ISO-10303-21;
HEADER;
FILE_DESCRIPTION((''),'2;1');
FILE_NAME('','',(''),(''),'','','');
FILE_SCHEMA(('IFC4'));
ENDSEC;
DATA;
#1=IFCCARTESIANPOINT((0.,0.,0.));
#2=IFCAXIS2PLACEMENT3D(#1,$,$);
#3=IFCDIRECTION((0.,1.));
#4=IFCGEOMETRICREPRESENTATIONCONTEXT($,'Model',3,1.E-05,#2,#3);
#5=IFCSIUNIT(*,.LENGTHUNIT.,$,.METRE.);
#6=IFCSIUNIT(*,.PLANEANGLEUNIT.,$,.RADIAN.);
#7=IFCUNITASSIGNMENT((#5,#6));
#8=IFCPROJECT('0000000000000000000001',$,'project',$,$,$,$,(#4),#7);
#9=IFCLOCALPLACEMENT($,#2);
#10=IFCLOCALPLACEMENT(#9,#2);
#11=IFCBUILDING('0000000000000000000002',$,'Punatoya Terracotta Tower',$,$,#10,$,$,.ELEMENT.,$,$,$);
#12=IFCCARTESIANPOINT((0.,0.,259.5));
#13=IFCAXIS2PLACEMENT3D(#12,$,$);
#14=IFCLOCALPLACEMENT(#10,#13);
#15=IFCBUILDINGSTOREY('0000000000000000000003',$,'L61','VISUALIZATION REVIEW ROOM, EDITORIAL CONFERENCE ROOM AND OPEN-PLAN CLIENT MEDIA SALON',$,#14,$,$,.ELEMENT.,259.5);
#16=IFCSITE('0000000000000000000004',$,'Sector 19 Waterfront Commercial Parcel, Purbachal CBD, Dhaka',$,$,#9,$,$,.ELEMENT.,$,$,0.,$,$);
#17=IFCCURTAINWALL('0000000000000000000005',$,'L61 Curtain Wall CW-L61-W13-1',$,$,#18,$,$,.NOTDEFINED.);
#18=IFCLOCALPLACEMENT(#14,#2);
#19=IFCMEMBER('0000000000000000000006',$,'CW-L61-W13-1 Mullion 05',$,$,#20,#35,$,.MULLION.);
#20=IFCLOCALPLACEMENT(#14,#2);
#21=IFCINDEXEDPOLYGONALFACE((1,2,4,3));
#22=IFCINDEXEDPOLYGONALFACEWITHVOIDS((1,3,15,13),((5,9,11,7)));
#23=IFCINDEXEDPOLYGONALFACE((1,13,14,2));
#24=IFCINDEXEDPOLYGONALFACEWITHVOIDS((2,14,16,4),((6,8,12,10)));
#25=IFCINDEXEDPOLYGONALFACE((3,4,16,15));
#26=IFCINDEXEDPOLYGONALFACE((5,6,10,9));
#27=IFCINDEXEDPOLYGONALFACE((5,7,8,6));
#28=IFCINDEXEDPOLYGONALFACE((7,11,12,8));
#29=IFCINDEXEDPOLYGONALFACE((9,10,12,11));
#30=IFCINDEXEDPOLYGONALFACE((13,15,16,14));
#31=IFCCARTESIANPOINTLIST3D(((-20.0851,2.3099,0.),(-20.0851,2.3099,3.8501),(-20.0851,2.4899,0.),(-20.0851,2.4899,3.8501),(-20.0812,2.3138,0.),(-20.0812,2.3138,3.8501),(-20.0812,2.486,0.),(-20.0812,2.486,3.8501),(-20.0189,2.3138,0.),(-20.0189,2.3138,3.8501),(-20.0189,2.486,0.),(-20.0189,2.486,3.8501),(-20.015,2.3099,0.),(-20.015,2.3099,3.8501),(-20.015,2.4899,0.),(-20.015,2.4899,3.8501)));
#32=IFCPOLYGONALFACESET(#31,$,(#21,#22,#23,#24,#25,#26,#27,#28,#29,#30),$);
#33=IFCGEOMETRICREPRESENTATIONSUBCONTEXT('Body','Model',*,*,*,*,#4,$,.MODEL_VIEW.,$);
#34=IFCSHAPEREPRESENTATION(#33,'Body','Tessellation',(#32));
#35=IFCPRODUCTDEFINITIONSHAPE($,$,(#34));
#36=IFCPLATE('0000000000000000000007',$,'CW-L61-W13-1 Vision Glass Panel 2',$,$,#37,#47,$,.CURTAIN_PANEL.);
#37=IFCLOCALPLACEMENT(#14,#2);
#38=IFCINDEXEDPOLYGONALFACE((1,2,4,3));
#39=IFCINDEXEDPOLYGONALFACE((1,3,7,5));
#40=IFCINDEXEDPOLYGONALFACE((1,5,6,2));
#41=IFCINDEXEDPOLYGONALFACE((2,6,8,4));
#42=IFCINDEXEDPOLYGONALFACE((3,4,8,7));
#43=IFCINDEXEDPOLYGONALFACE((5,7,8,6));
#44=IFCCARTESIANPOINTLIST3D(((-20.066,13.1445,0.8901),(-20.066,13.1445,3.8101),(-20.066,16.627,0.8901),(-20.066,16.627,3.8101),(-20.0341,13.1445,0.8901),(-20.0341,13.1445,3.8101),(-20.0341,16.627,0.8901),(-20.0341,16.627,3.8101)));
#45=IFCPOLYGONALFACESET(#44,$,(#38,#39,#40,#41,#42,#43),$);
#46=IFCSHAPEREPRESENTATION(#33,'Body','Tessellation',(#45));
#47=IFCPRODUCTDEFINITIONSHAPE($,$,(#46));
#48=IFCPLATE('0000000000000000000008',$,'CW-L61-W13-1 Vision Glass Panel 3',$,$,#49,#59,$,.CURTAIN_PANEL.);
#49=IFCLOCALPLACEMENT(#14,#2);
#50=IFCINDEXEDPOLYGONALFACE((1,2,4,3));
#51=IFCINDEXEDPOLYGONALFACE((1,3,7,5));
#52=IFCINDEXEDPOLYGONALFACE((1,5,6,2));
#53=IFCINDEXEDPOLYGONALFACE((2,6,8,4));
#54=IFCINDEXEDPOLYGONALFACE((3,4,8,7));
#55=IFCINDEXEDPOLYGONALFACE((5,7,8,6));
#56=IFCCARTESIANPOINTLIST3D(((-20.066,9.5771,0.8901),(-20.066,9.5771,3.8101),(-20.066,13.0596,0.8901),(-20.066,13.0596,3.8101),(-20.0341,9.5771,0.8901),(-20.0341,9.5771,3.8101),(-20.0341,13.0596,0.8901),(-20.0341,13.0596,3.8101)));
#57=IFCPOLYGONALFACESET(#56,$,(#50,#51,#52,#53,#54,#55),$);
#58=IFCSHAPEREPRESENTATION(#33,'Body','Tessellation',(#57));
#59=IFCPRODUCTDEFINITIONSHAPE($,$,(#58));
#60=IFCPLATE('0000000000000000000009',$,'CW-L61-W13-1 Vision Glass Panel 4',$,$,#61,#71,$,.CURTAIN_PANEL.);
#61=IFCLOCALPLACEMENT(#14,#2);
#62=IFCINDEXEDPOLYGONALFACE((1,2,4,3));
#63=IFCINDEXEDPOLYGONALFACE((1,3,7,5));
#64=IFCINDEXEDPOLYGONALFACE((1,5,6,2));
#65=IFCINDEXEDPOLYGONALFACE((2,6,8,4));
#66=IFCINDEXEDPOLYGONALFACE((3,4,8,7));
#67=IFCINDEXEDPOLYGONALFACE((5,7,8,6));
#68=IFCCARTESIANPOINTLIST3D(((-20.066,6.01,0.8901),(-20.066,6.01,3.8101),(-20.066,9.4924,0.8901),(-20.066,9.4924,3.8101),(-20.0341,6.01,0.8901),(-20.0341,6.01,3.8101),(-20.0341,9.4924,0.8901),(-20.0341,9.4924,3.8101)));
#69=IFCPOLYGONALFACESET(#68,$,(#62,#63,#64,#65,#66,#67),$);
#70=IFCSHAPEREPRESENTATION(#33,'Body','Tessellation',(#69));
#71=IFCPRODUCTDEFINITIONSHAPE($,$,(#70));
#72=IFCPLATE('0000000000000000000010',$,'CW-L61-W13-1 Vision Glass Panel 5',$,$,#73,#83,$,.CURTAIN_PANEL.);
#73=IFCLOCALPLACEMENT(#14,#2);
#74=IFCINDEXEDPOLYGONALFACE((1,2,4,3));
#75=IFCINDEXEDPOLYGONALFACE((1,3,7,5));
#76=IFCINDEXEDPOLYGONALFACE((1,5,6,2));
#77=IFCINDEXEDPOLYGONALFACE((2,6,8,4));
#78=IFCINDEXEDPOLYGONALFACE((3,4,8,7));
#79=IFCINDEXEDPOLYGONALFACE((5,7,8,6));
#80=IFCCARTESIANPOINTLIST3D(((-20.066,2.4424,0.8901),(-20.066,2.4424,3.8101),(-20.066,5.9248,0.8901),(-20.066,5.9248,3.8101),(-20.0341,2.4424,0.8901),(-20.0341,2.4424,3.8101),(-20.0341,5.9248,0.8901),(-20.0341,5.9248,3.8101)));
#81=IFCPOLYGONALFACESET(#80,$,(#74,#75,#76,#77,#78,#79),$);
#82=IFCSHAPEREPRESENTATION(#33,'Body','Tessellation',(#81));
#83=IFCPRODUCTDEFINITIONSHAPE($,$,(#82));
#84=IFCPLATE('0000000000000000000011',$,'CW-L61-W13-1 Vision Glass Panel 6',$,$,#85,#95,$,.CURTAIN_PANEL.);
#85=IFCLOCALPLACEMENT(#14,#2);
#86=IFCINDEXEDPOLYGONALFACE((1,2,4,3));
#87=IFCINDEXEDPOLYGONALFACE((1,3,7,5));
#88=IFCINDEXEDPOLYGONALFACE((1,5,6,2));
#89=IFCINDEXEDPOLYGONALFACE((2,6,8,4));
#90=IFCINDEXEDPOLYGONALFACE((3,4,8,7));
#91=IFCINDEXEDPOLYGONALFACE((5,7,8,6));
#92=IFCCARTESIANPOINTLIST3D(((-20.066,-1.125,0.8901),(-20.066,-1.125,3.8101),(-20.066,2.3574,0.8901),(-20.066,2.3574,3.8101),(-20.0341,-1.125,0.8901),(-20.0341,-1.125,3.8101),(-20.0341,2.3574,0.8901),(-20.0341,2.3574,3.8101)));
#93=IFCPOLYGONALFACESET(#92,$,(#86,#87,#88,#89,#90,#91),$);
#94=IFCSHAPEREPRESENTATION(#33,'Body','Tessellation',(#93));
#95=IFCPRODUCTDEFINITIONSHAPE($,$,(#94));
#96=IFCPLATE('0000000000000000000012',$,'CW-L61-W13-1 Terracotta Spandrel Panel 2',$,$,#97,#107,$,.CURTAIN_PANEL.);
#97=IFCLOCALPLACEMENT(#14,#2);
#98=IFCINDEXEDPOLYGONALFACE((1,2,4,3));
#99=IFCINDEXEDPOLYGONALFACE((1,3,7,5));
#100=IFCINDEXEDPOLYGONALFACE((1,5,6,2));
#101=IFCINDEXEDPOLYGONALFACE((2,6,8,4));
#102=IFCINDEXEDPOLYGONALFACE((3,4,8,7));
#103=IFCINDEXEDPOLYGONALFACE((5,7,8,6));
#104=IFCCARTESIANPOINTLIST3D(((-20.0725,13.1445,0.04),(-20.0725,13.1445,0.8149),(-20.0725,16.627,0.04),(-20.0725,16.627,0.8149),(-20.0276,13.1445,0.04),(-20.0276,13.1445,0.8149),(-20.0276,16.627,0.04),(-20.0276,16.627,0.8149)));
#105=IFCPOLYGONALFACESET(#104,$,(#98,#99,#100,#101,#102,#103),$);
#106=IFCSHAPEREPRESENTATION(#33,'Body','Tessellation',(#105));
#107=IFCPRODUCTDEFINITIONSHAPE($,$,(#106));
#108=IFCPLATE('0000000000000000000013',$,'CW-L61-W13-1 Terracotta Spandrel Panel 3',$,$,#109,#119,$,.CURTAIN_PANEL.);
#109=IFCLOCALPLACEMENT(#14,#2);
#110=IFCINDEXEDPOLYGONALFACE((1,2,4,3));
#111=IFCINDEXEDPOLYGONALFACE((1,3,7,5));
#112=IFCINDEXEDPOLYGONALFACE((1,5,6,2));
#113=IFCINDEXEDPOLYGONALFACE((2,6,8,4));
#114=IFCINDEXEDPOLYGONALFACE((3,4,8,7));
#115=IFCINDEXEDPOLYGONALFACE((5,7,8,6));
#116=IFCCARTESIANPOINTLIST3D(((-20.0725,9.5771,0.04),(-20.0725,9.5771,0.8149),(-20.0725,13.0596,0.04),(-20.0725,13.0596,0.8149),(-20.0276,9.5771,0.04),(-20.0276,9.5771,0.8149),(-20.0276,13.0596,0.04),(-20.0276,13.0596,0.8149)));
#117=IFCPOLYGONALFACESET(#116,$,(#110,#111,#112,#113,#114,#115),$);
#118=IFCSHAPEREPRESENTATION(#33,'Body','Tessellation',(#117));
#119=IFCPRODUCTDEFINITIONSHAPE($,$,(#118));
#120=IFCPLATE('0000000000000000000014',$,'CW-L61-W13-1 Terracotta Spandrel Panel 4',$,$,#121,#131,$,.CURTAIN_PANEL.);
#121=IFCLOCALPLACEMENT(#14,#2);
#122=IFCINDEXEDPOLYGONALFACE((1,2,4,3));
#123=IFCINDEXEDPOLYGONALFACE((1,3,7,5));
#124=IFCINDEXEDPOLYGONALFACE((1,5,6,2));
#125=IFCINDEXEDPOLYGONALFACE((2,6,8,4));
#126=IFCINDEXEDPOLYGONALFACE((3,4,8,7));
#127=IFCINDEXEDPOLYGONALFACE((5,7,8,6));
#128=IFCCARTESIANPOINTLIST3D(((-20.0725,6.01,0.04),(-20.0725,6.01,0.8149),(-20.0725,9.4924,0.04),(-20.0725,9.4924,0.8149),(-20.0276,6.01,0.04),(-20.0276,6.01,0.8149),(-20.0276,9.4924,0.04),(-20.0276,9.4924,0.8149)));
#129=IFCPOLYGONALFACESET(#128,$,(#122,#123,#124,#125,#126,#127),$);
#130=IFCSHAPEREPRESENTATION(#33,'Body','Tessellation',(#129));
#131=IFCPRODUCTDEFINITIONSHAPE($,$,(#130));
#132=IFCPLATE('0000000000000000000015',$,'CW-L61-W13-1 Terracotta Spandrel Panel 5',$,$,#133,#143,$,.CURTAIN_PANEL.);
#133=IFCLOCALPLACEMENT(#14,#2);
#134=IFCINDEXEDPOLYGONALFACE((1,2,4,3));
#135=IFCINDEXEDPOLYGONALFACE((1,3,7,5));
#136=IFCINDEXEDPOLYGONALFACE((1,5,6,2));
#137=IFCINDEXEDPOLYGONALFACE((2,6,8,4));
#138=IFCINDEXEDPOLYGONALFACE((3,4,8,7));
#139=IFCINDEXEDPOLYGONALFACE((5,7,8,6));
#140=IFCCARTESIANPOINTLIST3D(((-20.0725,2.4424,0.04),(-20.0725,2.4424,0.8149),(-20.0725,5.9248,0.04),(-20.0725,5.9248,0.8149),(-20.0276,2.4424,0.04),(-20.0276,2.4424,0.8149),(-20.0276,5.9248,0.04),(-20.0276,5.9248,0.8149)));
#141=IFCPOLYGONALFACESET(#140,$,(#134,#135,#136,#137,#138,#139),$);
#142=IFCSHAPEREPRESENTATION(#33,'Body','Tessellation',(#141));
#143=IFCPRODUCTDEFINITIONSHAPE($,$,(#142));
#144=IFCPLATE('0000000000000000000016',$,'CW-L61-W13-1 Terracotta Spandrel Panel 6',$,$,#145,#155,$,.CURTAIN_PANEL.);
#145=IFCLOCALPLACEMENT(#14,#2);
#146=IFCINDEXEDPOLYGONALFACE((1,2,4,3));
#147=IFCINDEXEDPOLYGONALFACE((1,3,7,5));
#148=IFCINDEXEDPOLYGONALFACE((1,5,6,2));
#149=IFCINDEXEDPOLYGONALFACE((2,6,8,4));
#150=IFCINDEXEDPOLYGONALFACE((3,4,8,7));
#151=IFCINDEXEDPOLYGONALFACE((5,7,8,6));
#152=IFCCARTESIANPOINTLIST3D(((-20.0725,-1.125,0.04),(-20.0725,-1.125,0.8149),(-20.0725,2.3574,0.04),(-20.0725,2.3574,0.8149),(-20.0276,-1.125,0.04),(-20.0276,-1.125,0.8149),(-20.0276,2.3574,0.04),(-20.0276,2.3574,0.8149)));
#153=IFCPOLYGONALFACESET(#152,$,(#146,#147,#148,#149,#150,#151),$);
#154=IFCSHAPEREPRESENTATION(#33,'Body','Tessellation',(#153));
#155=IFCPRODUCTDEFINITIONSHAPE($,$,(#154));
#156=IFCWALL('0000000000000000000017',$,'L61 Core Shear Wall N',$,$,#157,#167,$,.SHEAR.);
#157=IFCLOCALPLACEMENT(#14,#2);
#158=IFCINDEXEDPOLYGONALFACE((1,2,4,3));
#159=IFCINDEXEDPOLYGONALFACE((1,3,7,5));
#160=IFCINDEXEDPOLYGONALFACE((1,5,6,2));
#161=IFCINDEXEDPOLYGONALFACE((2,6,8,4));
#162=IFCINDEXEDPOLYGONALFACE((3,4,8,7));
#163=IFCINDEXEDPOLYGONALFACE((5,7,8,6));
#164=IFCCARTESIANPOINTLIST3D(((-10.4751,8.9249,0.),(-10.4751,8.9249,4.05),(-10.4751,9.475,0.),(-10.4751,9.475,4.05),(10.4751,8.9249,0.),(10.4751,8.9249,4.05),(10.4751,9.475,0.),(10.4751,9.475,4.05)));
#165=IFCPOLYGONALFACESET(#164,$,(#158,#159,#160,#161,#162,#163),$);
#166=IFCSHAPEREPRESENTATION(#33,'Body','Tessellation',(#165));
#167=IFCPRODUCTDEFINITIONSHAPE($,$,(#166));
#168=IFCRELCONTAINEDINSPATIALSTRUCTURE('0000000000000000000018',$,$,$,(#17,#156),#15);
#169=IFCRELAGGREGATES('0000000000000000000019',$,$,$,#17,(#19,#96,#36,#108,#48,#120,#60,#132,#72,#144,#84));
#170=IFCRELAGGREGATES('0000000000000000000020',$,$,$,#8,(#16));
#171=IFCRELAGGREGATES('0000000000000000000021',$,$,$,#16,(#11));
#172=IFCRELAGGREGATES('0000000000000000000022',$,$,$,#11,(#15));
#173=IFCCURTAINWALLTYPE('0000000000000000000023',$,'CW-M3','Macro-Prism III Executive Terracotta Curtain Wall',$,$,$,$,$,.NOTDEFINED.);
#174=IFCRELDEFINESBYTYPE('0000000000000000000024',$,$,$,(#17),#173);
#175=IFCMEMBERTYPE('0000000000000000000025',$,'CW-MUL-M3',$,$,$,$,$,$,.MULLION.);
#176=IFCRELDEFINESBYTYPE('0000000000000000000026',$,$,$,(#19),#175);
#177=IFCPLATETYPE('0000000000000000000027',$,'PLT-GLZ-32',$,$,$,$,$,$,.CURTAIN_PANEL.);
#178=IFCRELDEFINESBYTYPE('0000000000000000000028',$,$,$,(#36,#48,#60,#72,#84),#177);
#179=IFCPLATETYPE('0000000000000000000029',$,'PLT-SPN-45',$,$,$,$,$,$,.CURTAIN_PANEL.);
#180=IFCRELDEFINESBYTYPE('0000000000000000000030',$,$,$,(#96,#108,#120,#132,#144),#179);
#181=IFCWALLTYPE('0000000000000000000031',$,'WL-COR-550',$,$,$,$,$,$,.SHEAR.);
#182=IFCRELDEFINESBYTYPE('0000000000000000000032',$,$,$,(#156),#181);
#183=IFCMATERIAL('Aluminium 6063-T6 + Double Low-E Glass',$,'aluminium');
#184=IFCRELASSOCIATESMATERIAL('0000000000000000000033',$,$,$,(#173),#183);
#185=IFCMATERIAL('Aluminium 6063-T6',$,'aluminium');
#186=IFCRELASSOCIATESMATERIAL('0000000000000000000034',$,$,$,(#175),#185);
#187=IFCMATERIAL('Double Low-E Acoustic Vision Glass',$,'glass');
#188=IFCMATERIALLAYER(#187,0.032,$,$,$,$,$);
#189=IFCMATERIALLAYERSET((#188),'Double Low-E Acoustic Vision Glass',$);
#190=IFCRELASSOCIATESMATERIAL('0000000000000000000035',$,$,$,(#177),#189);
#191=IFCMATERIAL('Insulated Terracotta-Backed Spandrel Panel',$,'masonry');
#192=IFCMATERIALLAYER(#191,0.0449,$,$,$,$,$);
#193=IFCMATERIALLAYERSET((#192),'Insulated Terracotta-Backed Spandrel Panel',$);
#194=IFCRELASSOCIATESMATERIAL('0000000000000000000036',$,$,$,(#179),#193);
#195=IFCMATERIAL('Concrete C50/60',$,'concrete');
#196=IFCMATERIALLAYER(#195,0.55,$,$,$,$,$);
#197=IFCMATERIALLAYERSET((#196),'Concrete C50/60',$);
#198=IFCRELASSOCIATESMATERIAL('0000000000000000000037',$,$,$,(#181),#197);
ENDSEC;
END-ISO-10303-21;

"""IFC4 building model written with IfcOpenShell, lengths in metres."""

from ifc_helpers import new_model, si_unit, direction, frame, frame_2d, origin, origin_2d, place, context, subcontext, project, spatial, rectangle, hollow_rectangle, extrude, material, layer, layer_set, material_profile, profile_set, type_object, element, aggregate, save


model = new_model("IFC4")

# Units and contexts
model_context = context("Model", 3, precision=1e-05, world=origin(), true_north=direction((0.0, 1.0)))
body_context = subcontext(model_context, "Body", "Model", "MODEL_VIEW")
ifc_project = project(units=[si_unit("LENGTHUNIT", "METRE"), si_unit("PLANEANGLEUNIT", "RADIAN")], contexts=[model_context])

# Site, building, storey
site_placement = place(None, origin())
site = spatial("IfcSite", under=ifc_project, at=site_placement, Name="Sector 19 Waterfront Commercial Parcel, Purbachal CBD, Dhaka", CompositionType="ELEMENT", RefElevation=0.0)
building_placement = place(site_placement, origin())
building = spatial("IfcBuilding", under=site, at=building_placement, Name="Punatoya Terracotta Tower", CompositionType="ELEMENT")
storey_placement = place(building_placement, frame((0.0, 0.0, 259.5)))
storey = spatial("IfcBuildingStorey", under=building, at=storey_placement, Name="L61", Description="VISUALIZATION REVIEW ROOM, EDITORIAL CONFERENCE ROOM AND OPEN-PLAN CLIENT MEDIA SALON", CompositionType="ELEMENT", Elevation=259.5)

# Curtain wall, member, plates
ifc_material_1 = material(Name="Aluminium 6063-T6 + Double Low-E Glass", Category="aluminium")
curtain_wall_type = type_object("IfcCurtainWallType", Name="CW-M3", Description="Macro-Prism III Executive Terracotta Curtain Wall", PredefinedType="NOTDEFINED", material=ifc_material_1)
curtain_wall_placement = place(storey_placement, origin())
curtain_wall = element("IfcCurtainWall", 1, at=curtain_wall_placement, inside=storey, type_object=curtain_wall_type, Name="L61 Curtain Wall CW-L61-W13-1", PredefinedType="NOTDEFINED")
ifc_material_2 = material(Name="Aluminium 6063-T6", Category="aluminium")
ifc_material_profile_1 = material_profile(ifc_material_2, hollow_rectangle(XDim=0.0701, YDim=0.1799, WallThickness=0.0039, at=origin_2d()))
ifc_profile_set_1 = profile_set([ifc_material_profile_1], Name="Aluminium 6063-T6")
member_type = type_object("IfcMemberType", Name="CW-MUL-M3", PredefinedType="MULLION", material=ifc_profile_set_1)
member_1_placement = place(storey_placement, frame((-20.05, 2.3999, 0.0), z_axis=(0.0, 0.0, 1.0), x_axis=(1.0, 0.0, 0.0)))
member_1 = element("IfcMember", 2, at=member_1_placement, type_object=member_type, Name="CW-L61-W13-1 Mullion 05", PredefinedType="MULLION", context=body_context, shape_type="SweptSolid", body=[
    extrude(hollow_rectangle(XDim=0.0701, YDim=0.1799, WallThickness=0.0039, at=origin_2d()), origin(), (0.0, 0.0, 1.0), 3.8501),
])
ifc_material_3 = material(Name="Double Low-E Acoustic Vision Glass", Category="glass")
ifc_layer_1 = layer(ifc_material_3, 0.032)
ifc_layer_set_1 = layer_set([ifc_layer_1], Name="Double Low-E Acoustic Vision Glass")
plate_type_1 = type_object("IfcPlateType", Name="PLT-GLZ-32", PredefinedType="CURTAIN_PANEL", material=ifc_layer_set_1)
plate_1_placement = place(storey_placement, frame((-20.05, 14.8857, 0.8901), z_axis=(0.0, 0.0, 1.0), x_axis=(0.0, -1.0, 0.0)))
plate_1 = element("IfcPlate", 3, at=plate_1_placement, type_object=plate_type_1, Name="CW-L61-W13-1 Vision Glass Panel 2", PredefinedType="CURTAIN_PANEL", context=body_context, shape_type="SweptSolid", body=[
    extrude(rectangle(XDim=3.4824, YDim=0.032, at=origin_2d()), origin(), (0.0, 0.0, 1.0), 2.9199),
])
plate_2_placement = place(storey_placement, frame((-20.05, 11.3184, 0.8901), z_axis=(0.0, 0.0, 1.0), x_axis=(0.0, -1.0, 0.0)))
plate_2 = element("IfcPlate", 4, at=plate_2_placement, type_object=plate_type_1, Name="CW-L61-W13-1 Vision Glass Panel 3", PredefinedType="CURTAIN_PANEL", context=body_context, shape_type="SweptSolid", body=[
    extrude(rectangle(XDim=3.4824, YDim=0.032, at=origin_2d()), origin(), (0.0, 0.0, 1.0), 2.9199),
])
plate_3_placement = place(storey_placement, frame((-20.05, 7.7512, 0.8901), z_axis=(0.0, 0.0, 1.0), x_axis=(0.0, -1.0, 0.0)))
plate_3 = element("IfcPlate", 5, at=plate_3_placement, type_object=plate_type_1, Name="CW-L61-W13-1 Vision Glass Panel 4", PredefinedType="CURTAIN_PANEL", context=body_context, shape_type="SweptSolid", body=[
    extrude(rectangle(XDim=3.4824, YDim=0.032, at=origin_2d()), origin(), (0.0, 0.0, 1.0), 2.9199),
])
plate_4_placement = place(storey_placement, frame((-20.05, 4.1836, 0.8901), z_axis=(0.0, 0.0, 1.0), x_axis=(0.0, -1.0, 0.0)))
plate_4 = element("IfcPlate", 6, at=plate_4_placement, type_object=plate_type_1, Name="CW-L61-W13-1 Vision Glass Panel 5", PredefinedType="CURTAIN_PANEL", context=body_context, shape_type="SweptSolid", body=[
    extrude(rectangle(XDim=3.4824, YDim=0.032, at=origin_2d()), origin(), (0.0, 0.0, 1.0), 2.9199),
])
plate_5_placement = place(storey_placement, frame((-20.05, 0.6162, 0.8901), z_axis=(0.0, 0.0, 1.0), x_axis=(0.0, -1.0, 0.0)))
plate_5 = element("IfcPlate", 7, at=plate_5_placement, type_object=plate_type_1, Name="CW-L61-W13-1 Vision Glass Panel 6", PredefinedType="CURTAIN_PANEL", context=body_context, shape_type="SweptSolid", body=[
    extrude(rectangle(XDim=3.4824, YDim=0.032, at=origin_2d()), origin(), (0.0, 0.0, 1.0), 2.9199),
])
ifc_material_4 = material(Name="Insulated Terracotta-Backed Spandrel Panel", Category="masonry")
ifc_layer_2 = layer(ifc_material_4, 0.0449)
ifc_layer_set_2 = layer_set([ifc_layer_2], Name="Insulated Terracotta-Backed Spandrel Panel")
plate_type_2 = type_object("IfcPlateType", Name="PLT-SPN-45", PredefinedType="CURTAIN_PANEL", material=ifc_layer_set_2)
plate_6_placement = place(storey_placement, frame((-20.05, 14.8857, 0.04), z_axis=(0.0, 0.0, 1.0), x_axis=(0.0, -1.0, 0.0)))
plate_6 = element("IfcPlate", 8, at=plate_6_placement, type_object=plate_type_2, Name="CW-L61-W13-1 Terracotta Spandrel Panel 2", PredefinedType="CURTAIN_PANEL", context=body_context, shape_type="SweptSolid", body=[
    extrude(rectangle(XDim=3.4824, YDim=0.0449, at=origin_2d()), origin(), (0.0, 0.0, 1.0), 0.7749),
])
plate_7_placement = place(storey_placement, frame((-20.05, 11.3184, 0.04), z_axis=(0.0, 0.0, 1.0), x_axis=(0.0, -1.0, 0.0)))
plate_7 = element("IfcPlate", 9, at=plate_7_placement, type_object=plate_type_2, Name="CW-L61-W13-1 Terracotta Spandrel Panel 3", PredefinedType="CURTAIN_PANEL", context=body_context, shape_type="SweptSolid", body=[
    extrude(rectangle(XDim=3.4824, YDim=0.0449, at=origin_2d()), origin(), (0.0, 0.0, 1.0), 0.7749),
])
plate_8_placement = place(storey_placement, frame((-20.05, 7.7512, 0.04), z_axis=(0.0, 0.0, 1.0), x_axis=(0.0, -1.0, 0.0)))
plate_8 = element("IfcPlate", 10, at=plate_8_placement, type_object=plate_type_2, Name="CW-L61-W13-1 Terracotta Spandrel Panel 4", PredefinedType="CURTAIN_PANEL", context=body_context, shape_type="SweptSolid", body=[
    extrude(rectangle(XDim=3.4824, YDim=0.0449, at=origin_2d()), origin(), (0.0, 0.0, 1.0), 0.7749),
])
plate_9_placement = place(storey_placement, frame((-20.05, 4.1836, 0.04), z_axis=(0.0, 0.0, 1.0), x_axis=(0.0, -1.0, 0.0)))
plate_9 = element("IfcPlate", 11, at=plate_9_placement, type_object=plate_type_2, Name="CW-L61-W13-1 Terracotta Spandrel Panel 5", PredefinedType="CURTAIN_PANEL", context=body_context, shape_type="SweptSolid", body=[
    extrude(rectangle(XDim=3.4824, YDim=0.0449, at=origin_2d()), origin(), (0.0, 0.0, 1.0), 0.7749),
])
plate_10_placement = place(storey_placement, frame((-20.05, 0.6162, 0.04), z_axis=(0.0, 0.0, 1.0), x_axis=(0.0, -1.0, 0.0)))
plate_10 = element("IfcPlate", 12, at=plate_10_placement, type_object=plate_type_2, Name="CW-L61-W13-1 Terracotta Spandrel Panel 6", PredefinedType="CURTAIN_PANEL", context=body_context, shape_type="SweptSolid", body=[
    extrude(rectangle(XDim=3.4824, YDim=0.0449, at=origin_2d()), origin(), (0.0, 0.0, 1.0), 0.7749),
])
aggregate(curtain_wall, [member_1, plate_6, plate_1, plate_7, plate_2, plate_8, plate_3, plate_9, plate_4, plate_10, plate_5])

# Wall
ifc_material_5 = material(Name="Concrete C50/60", Category="concrete")
ifc_layer_3 = layer(ifc_material_5, 0.55)
ifc_layer_set_3 = layer_set([ifc_layer_3], Name="Concrete C50/60")
wall_type_1 = type_object("IfcWallType", Name="WL-COR-550", PredefinedType="SHEAR", material=ifc_layer_set_3)
wall_1_placement = place(storey_placement, frame((-10.4751, 9.2, 0.0), z_axis=(0.0, 0.0, 1.0), x_axis=(1.0, 0.0, 0.0)))
element("IfcWall", 13, at=wall_1_placement, inside=storey, type_object=wall_type_1, Name="L61 Core Shear Wall N", PredefinedType="SHEAR", context=body_context, shape_type="SweptSolid", body=[
    extrude(rectangle(XDim=20.9502, YDim=0.55, at=frame_2d((10.4751, 0.0))), origin(), (0.0, 0.0, 1.0), 4.05),
])

save(model, "model.ifc")
